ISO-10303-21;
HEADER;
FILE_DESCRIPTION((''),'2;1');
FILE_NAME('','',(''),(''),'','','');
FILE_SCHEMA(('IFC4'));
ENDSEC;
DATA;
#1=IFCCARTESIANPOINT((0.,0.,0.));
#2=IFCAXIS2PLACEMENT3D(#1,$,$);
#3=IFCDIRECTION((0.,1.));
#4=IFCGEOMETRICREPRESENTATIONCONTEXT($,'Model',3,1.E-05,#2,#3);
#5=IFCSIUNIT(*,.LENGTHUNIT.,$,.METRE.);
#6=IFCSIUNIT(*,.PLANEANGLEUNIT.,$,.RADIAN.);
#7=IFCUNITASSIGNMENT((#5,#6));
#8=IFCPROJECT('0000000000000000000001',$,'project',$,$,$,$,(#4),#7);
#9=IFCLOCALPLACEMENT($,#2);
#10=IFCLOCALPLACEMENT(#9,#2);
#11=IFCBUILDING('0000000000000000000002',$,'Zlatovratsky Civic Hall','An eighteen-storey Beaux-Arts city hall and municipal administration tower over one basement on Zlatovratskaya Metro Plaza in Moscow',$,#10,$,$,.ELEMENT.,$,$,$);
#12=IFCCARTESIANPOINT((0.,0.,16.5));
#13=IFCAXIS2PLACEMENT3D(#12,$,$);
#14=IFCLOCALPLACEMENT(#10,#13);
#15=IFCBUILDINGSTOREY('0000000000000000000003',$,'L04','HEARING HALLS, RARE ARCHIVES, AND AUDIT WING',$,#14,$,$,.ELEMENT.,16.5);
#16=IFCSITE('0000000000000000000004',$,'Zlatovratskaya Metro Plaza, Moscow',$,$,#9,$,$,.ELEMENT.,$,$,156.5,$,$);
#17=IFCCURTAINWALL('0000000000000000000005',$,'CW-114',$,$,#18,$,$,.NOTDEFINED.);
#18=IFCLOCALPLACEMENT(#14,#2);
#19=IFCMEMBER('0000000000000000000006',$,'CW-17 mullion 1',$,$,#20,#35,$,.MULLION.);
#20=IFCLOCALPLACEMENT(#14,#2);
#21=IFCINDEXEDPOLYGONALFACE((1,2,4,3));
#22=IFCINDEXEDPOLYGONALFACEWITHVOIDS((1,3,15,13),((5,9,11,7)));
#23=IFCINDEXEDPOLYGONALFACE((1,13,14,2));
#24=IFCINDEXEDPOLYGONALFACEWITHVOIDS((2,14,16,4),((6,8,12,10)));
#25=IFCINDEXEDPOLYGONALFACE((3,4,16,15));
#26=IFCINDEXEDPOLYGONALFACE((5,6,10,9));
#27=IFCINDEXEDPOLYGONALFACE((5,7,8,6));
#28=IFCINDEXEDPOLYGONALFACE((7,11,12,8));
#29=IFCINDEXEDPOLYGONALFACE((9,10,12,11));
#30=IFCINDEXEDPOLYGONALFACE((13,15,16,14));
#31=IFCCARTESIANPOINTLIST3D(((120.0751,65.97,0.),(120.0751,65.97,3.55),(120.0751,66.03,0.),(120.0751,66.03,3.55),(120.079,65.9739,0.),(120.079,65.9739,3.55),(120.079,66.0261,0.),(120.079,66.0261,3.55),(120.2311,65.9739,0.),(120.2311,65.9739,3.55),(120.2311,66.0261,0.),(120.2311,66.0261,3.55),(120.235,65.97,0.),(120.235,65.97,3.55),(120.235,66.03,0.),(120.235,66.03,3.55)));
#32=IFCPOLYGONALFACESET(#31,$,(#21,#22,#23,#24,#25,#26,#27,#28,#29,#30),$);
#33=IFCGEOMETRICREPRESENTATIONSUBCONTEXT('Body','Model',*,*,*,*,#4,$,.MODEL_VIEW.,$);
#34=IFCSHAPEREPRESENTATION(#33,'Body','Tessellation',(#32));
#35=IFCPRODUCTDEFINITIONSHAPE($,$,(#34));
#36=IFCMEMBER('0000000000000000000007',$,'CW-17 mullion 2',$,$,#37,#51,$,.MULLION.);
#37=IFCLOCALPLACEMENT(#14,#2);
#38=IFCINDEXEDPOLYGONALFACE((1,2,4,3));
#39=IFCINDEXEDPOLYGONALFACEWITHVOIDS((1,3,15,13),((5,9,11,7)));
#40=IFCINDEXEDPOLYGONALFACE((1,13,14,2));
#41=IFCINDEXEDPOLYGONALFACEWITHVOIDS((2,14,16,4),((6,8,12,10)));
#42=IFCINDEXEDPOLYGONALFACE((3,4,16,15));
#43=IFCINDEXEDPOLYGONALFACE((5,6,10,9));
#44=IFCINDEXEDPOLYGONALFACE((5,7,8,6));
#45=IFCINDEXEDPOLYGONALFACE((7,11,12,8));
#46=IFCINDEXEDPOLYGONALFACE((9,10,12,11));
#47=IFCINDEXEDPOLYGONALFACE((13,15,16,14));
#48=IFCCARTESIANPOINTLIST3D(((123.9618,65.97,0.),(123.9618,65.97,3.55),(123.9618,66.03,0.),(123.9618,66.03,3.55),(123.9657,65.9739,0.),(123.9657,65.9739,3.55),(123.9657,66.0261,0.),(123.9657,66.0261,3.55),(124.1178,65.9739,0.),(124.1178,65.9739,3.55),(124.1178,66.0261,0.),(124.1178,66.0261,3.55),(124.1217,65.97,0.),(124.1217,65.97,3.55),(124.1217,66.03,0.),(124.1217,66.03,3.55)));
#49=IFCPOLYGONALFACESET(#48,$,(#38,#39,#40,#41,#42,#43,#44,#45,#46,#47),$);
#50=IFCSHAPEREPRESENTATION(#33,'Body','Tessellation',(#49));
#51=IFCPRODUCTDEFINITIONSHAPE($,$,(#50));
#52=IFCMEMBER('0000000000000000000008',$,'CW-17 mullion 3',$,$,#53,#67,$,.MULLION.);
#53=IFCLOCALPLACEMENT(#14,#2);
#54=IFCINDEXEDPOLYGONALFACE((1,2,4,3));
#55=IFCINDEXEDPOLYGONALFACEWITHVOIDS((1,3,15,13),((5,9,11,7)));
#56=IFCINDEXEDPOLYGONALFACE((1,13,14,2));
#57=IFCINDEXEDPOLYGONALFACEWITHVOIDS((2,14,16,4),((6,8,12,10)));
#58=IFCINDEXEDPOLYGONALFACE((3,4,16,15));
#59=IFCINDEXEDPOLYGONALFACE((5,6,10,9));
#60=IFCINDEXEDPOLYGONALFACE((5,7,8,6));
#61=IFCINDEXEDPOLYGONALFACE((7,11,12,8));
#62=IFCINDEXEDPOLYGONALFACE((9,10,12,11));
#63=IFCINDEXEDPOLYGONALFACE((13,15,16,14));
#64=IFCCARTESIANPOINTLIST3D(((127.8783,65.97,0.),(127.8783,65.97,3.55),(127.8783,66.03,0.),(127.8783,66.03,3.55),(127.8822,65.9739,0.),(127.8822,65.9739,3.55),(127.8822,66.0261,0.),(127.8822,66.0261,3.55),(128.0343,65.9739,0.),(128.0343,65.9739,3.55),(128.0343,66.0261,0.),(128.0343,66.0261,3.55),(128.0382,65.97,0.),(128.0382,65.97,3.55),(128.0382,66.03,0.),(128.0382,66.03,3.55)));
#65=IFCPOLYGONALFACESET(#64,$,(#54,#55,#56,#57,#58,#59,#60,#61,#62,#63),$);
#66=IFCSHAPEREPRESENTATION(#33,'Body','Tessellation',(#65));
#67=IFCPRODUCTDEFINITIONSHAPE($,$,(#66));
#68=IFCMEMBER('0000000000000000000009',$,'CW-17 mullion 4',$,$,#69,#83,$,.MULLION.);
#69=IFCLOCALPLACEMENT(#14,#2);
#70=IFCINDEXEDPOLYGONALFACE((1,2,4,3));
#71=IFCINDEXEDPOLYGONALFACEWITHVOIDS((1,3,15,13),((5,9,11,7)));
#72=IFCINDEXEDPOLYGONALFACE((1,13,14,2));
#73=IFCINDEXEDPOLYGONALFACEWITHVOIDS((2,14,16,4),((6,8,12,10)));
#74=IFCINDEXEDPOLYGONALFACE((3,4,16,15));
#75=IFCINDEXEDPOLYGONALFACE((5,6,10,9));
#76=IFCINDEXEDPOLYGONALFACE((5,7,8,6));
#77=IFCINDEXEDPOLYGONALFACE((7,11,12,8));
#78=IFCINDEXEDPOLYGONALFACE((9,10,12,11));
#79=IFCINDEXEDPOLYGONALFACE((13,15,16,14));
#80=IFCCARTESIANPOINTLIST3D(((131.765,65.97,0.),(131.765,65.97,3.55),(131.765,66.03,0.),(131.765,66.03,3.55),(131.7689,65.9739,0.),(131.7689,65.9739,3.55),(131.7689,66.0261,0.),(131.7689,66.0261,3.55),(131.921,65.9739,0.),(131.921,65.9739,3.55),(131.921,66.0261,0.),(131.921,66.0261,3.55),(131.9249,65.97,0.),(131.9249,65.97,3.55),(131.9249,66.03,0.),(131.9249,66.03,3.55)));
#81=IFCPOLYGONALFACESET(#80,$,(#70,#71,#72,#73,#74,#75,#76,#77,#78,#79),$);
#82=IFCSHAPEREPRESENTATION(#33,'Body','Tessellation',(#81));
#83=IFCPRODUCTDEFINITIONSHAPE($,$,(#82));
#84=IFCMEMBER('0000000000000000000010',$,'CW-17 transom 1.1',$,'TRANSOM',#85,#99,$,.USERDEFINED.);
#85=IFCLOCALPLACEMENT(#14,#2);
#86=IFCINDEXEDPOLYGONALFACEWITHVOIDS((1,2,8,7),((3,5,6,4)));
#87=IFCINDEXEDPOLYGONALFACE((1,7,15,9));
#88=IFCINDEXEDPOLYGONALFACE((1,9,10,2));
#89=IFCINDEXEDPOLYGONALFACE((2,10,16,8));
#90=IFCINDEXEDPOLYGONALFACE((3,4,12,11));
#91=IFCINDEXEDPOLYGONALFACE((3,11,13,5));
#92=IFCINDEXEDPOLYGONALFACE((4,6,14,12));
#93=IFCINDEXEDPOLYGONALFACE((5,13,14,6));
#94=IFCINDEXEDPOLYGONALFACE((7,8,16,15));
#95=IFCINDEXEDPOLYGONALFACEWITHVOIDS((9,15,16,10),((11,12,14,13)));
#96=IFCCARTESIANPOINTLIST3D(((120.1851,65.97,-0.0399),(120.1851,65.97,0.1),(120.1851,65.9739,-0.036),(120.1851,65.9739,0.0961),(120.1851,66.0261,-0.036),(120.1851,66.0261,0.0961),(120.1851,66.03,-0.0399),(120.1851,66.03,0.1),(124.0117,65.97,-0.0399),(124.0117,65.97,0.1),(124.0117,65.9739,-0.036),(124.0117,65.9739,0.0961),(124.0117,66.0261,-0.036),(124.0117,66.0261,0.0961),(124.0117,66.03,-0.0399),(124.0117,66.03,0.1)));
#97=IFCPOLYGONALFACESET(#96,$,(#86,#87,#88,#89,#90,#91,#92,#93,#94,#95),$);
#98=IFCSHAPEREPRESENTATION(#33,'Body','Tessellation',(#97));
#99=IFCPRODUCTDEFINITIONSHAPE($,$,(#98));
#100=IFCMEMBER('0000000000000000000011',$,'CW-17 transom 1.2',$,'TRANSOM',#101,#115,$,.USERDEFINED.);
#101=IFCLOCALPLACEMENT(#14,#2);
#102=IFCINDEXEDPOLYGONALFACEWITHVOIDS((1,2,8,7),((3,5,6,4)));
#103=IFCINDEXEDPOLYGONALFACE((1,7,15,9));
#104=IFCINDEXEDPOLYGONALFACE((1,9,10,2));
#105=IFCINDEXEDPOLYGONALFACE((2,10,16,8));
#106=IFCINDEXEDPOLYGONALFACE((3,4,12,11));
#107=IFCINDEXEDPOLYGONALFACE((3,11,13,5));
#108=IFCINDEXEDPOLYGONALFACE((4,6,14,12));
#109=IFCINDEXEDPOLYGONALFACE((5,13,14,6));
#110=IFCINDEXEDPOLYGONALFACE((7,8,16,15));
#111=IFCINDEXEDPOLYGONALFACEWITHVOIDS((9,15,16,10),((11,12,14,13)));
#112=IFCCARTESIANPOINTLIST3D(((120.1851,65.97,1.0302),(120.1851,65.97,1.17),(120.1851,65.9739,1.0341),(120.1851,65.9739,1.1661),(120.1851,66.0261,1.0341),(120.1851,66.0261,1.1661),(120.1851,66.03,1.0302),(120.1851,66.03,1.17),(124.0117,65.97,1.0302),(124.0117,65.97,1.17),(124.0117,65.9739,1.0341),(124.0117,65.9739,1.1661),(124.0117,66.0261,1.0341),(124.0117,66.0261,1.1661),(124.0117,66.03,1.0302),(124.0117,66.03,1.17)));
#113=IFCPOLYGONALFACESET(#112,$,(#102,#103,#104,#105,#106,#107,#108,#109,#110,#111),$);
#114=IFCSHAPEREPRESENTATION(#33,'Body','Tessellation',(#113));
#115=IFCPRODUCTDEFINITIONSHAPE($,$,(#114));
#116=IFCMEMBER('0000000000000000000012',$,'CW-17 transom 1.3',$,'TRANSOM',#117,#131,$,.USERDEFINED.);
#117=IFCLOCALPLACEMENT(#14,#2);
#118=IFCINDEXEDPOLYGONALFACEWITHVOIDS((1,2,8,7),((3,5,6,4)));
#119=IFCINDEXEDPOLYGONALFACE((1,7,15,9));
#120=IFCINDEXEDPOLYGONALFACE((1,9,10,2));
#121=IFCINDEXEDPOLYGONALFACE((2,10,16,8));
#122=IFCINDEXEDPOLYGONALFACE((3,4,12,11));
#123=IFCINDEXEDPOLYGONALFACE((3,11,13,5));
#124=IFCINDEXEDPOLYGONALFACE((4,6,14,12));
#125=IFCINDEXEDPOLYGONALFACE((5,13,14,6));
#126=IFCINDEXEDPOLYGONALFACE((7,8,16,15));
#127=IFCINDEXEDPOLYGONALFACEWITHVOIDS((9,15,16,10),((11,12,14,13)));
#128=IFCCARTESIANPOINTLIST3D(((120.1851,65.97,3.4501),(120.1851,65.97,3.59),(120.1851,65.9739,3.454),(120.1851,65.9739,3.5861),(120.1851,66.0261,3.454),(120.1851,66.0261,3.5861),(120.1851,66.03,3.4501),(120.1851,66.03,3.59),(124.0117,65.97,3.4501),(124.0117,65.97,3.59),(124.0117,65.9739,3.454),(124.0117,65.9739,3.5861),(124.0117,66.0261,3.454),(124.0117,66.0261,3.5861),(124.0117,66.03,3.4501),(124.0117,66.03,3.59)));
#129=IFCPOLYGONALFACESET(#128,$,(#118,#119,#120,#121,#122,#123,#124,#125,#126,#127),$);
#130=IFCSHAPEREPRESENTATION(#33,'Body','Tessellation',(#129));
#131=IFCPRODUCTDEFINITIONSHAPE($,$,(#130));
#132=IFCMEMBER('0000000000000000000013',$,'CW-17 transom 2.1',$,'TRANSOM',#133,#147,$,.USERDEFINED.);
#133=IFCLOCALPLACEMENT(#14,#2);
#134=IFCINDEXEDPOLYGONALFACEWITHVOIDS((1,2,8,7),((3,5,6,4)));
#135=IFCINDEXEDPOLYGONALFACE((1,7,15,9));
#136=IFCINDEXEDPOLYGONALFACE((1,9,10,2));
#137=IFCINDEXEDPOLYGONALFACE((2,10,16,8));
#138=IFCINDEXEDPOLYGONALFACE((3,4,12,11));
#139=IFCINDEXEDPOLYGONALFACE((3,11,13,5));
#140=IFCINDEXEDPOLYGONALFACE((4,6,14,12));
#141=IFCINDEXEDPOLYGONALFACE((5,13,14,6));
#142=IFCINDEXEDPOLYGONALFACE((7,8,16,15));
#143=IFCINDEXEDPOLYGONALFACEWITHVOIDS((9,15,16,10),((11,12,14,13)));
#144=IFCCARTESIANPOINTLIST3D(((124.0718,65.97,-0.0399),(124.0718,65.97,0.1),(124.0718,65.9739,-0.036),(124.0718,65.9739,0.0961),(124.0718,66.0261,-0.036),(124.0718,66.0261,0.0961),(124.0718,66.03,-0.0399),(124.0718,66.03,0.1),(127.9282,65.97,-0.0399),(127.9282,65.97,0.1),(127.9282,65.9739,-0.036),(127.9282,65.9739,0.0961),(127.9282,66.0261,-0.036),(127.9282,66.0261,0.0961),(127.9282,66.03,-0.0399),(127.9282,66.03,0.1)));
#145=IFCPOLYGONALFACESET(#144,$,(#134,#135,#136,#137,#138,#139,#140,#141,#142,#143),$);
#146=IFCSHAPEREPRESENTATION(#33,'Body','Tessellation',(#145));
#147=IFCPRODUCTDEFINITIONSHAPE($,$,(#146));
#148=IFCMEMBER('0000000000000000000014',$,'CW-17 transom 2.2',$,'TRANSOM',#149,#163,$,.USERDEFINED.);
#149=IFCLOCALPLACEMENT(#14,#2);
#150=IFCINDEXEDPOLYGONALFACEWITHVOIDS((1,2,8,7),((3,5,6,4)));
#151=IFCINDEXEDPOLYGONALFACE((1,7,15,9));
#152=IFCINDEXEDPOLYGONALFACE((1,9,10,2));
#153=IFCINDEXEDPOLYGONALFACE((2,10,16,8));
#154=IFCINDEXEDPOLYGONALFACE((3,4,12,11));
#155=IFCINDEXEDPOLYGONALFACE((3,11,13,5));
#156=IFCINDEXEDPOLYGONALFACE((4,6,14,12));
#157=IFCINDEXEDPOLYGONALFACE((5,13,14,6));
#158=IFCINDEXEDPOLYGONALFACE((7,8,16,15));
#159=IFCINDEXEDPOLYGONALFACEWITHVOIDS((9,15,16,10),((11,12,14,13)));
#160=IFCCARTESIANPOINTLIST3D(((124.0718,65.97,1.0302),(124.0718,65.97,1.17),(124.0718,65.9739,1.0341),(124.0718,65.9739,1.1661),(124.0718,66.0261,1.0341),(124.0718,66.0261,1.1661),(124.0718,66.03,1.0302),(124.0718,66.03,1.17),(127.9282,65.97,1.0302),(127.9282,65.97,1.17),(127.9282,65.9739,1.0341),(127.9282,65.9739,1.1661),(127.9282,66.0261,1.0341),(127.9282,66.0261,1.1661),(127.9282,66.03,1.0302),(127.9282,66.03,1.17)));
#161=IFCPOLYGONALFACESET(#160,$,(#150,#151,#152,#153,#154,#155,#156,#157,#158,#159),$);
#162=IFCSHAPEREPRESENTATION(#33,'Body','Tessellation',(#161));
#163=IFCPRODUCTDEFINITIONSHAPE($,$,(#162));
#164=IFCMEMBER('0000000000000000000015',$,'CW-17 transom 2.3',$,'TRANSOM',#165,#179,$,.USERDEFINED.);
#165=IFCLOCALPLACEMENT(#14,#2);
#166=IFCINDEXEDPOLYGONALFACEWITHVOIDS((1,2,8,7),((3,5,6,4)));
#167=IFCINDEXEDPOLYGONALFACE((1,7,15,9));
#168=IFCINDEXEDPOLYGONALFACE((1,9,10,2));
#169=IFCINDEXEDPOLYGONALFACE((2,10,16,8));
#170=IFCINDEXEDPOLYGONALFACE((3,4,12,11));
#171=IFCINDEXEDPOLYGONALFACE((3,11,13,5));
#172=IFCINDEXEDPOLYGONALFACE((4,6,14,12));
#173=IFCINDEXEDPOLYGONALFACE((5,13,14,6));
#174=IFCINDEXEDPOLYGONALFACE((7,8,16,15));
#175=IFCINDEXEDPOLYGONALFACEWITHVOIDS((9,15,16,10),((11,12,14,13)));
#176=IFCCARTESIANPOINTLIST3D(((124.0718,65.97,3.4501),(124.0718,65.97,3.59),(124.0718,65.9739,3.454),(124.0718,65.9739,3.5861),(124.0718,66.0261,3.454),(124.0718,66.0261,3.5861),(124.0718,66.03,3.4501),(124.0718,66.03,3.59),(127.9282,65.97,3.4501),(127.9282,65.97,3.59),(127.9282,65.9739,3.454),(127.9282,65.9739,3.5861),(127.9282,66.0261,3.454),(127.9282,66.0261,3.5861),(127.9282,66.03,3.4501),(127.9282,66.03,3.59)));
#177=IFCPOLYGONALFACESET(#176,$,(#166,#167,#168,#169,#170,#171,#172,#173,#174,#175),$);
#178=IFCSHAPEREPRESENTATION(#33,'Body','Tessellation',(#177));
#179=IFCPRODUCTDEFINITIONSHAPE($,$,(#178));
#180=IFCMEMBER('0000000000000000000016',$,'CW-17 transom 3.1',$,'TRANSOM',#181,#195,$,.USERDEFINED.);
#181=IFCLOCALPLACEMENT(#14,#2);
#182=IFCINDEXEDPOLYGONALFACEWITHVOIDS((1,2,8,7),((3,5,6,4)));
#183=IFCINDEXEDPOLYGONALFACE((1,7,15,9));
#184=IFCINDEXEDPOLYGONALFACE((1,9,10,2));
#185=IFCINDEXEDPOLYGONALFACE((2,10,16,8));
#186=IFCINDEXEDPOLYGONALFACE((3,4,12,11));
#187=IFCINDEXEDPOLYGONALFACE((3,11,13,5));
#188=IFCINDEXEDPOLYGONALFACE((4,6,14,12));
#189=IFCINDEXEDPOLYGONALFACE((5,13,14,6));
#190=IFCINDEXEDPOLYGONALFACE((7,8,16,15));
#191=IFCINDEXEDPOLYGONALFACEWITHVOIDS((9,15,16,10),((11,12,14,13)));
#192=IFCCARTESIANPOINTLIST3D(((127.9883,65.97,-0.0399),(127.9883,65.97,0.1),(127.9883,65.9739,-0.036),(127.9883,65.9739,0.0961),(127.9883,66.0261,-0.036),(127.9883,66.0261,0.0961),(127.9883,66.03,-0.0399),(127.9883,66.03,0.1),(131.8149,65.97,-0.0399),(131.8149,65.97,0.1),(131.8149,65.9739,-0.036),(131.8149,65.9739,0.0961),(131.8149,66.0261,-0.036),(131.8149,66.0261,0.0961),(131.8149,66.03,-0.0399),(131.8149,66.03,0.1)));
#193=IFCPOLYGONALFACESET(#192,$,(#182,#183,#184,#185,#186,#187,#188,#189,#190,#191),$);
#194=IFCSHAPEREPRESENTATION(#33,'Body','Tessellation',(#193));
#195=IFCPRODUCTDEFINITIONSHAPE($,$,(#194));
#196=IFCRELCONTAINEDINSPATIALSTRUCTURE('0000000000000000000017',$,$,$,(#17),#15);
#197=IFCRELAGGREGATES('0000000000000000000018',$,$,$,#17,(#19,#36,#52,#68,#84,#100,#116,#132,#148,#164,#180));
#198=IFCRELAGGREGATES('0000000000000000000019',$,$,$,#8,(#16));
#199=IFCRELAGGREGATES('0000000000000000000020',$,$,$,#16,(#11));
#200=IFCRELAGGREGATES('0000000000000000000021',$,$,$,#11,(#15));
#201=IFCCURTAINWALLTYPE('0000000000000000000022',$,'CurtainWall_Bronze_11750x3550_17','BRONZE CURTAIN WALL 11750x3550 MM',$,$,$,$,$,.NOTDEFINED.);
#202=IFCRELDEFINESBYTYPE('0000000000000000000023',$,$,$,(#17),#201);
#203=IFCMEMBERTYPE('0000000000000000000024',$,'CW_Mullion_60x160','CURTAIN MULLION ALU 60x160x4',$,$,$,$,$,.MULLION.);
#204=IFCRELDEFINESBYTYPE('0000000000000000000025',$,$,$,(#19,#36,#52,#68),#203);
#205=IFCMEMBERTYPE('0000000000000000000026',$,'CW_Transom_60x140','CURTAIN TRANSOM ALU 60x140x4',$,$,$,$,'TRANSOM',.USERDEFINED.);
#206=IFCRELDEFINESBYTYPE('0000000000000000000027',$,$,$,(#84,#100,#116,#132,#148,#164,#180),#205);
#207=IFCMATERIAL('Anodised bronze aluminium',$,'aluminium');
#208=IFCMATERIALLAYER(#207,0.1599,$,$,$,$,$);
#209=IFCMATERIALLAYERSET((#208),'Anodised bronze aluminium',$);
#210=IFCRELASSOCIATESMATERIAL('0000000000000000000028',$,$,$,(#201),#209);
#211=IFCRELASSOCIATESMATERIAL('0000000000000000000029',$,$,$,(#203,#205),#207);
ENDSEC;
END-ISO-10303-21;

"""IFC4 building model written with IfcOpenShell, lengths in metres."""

from ifc_helpers import new_model, si_unit, direction, frame, origin, origin_2d, place, context, subcontext, project, spatial, hollow_rectangle, extrude, material, layer, layer_set, material_profile, profile_set, type_object, element, aggregate, save


model = new_model("IFC4")

# Units and contexts
model_context = context("Model", 3, precision=1e-05, world=origin(), true_north=direction((0.0, 1.0)))
body_context = subcontext(model_context, "Body", "Model", "MODEL_VIEW")
ifc_project = project(units=[si_unit("LENGTHUNIT", "METRE"), si_unit("PLANEANGLEUNIT", "RADIAN")], contexts=[model_context])

# Site, building, storey
site_placement = place(None, origin())
site = spatial("IfcSite", under=ifc_project, at=site_placement, Name="Zlatovratskaya Metro Plaza, Moscow", CompositionType="ELEMENT", RefElevation=156.5)
building_placement = place(site_placement, origin())
building = spatial("IfcBuilding", under=site, at=building_placement, Name="Zlatovratsky Civic Hall", Description="An eighteen-storey Beaux-Arts city hall and municipal administration tower over one basement on Zlatovratskaya Metro Plaza in Moscow", CompositionType="ELEMENT")
storey_placement = place(building_placement, frame((0.0, 0.0, 16.5)))
storey = spatial("IfcBuildingStorey", under=building, at=storey_placement, Name="L04", Description="HEARING HALLS, RARE ARCHIVES, AND AUDIT WING", CompositionType="ELEMENT", Elevation=16.5)

# Curtain wall, members
ifc_material_1 = material(Name="Anodised bronze aluminium", Category="aluminium")
ifc_layer_1 = layer(ifc_material_1, 0.1599)
ifc_layer_set_1 = layer_set([ifc_layer_1], Name="Anodised bronze aluminium")
curtain_wall_type = type_object("IfcCurtainWallType", Name="CurtainWall_Bronze_11750x3550_17", Description="BRONZE CURTAIN WALL 11750x3550 MM", PredefinedType="NOTDEFINED", material=ifc_layer_set_1)
curtain_wall_placement = place(storey_placement, origin())
curtain_wall = element("IfcCurtainWall", 1, at=curtain_wall_placement, inside=storey, type_object=curtain_wall_type, Name="CW-114", PredefinedType="NOTDEFINED")
ifc_material_profile_1 = material_profile(ifc_material_1, hollow_rectangle(XDim=0.0601, YDim=0.1599, WallThickness=0.0039, at=origin_2d()), Name="ALU 60x160x4")
ifc_profile_set_1 = profile_set([ifc_material_profile_1], Name="Anodised bronze aluminium")
member_type_1 = type_object("IfcMemberType", Name="CW_Mullion_60x160", Description="CURTAIN MULLION ALU 60x160x4", PredefinedType="MULLION", material=ifc_profile_set_1)
member_1_placement = place(storey_placement, frame((120.155, 66.0, 0.0), z_axis=(0.0, 0.0, 1.0), x_axis=(0.0, 1.0, 0.0)))
member_1 = element("IfcMember", 2, at=member_1_placement, type_object=member_type_1, Name="CW-17 mullion 1", PredefinedType="MULLION", context=body_context, shape_type="SweptSolid", body=[
    extrude(hollow_rectangle(XDim=0.0601, YDim=0.1599, WallThickness=0.0039, at=origin_2d()), origin(), (0.0, 0.0, 1.0), 3.55),
])
member_2_placement = place(storey_placement, frame((124.0417, 66.0, 0.0), z_axis=(0.0, 0.0, 1.0), x_axis=(0.0, 1.0, 0.0)))
member_2 = element("IfcMember", 3, at=member_2_placement, type_object=member_type_1, Name="CW-17 mullion 2", PredefinedType="MULLION", context=body_context, shape_type="SweptSolid", body=[
    extrude(hollow_rectangle(XDim=0.0601, YDim=0.1599, WallThickness=0.0039, at=origin_2d()), origin(), (0.0, 0.0, 1.0), 3.55),
])
member_3_placement = place(storey_placement, frame((127.9583, 66.0, 0.0), z_axis=(0.0, 0.0, 1.0), x_axis=(0.0, 1.0, 0.0)))
member_3 = element("IfcMember", 4, at=member_3_placement, type_object=member_type_1, Name="CW-17 mullion 3", PredefinedType="MULLION", context=body_context, shape_type="SweptSolid", body=[
    extrude(hollow_rectangle(XDim=0.0601, YDim=0.1599, WallThickness=0.0039, at=origin_2d()), origin(), (0.0, 0.0, 1.0), 3.55),
])
member_4_placement = place(storey_placement, frame((131.845, 66.0, 0.0), z_axis=(0.0, 0.0, 1.0), x_axis=(0.0, 1.0, 0.0)))
member_4 = element("IfcMember", 5, at=member_4_placement, type_object=member_type_1, Name="CW-17 mullion 4", PredefinedType="MULLION", context=body_context, shape_type="SweptSolid", body=[
    extrude(hollow_rectangle(XDim=0.0601, YDim=0.1599, WallThickness=0.0039, at=origin_2d()), origin(), (0.0, 0.0, 1.0), 3.55),
])
ifc_material_profile_2 = material_profile(ifc_material_1, hollow_rectangle(XDim=0.0601, YDim=0.1399, WallThickness=0.0039, at=origin_2d()), Name="ALU 60x140x4")
ifc_profile_set_2 = profile_set([ifc_material_profile_2], Name="Anodised bronze aluminium")
member_type_2 = type_object("IfcMemberType", Name="CW_Transom_60x140", Description="CURTAIN TRANSOM ALU 60x140x4", ElementType="TRANSOM", PredefinedType="USERDEFINED", material=ifc_profile_set_2)
member_5_placement = place(storey_placement, frame((120.1851, 66.0, 0.03), z_axis=(1.0, 0.0, 0.0), x_axis=(0.0, 1.0, 0.0)))
member_5 = element("IfcMember", 6, at=member_5_placement, type_object=member_type_2, Name="CW-17 transom 1.1", ObjectType="TRANSOM", PredefinedType="USERDEFINED", context=body_context, shape_type="SweptSolid", body=[
    extrude(hollow_rectangle(XDim=0.0601, YDim=0.1399, WallThickness=0.0039, at=origin_2d()), origin(), (0.0, 0.0, 1.0), 3.8267),
])
member_6_placement = place(storey_placement, frame((120.1851, 66.0, 1.1001), z_axis=(1.0, 0.0, 0.0), x_axis=(0.0, 1.0, 0.0)))
member_6 = element("IfcMember", 7, at=member_6_placement, type_object=member_type_2, Name="CW-17 transom 1.2", ObjectType="TRANSOM", PredefinedType="USERDEFINED", context=body_context, shape_type="SweptSolid", body=[
    extrude(hollow_rectangle(XDim=0.0601, YDim=0.1399, WallThickness=0.0039, at=origin_2d()), origin(), (0.0, 0.0, 1.0), 3.8267),
])
member_7_placement = place(storey_placement, frame((120.1851, 66.0, 3.52), z_axis=(1.0, 0.0, 0.0), x_axis=(0.0, 1.0, 0.0)))
member_7 = element("IfcMember", 8, at=member_7_placement, type_object=member_type_2, Name="CW-17 transom 1.3", ObjectType="TRANSOM", PredefinedType="USERDEFINED", context=body_context, shape_type="SweptSolid", body=[
    extrude(hollow_rectangle(XDim=0.0601, YDim=0.1399, WallThickness=0.0039, at=origin_2d()), origin(), (0.0, 0.0, 1.0), 3.8267),
])
member_8_placement = place(storey_placement, frame((124.0718, 66.0, 0.03), z_axis=(1.0, 0.0, 0.0), x_axis=(0.0, 1.0, 0.0)))
member_8 = element("IfcMember", 9, at=member_8_placement, type_object=member_type_2, Name="CW-17 transom 2.1", ObjectType="TRANSOM", PredefinedType="USERDEFINED", context=body_context, shape_type="SweptSolid", body=[
    extrude(hollow_rectangle(XDim=0.0601, YDim=0.1399, WallThickness=0.0039, at=origin_2d()), origin(), (0.0, 0.0, 1.0), 3.8564),
])
member_9_placement = place(storey_placement, frame((124.0718, 66.0, 1.1001), z_axis=(1.0, 0.0, 0.0), x_axis=(0.0, 1.0, 0.0)))
member_9 = element("IfcMember", 10, at=member_9_placement, type_object=member_type_2, Name="CW-17 transom 2.2", ObjectType="TRANSOM", PredefinedType="USERDEFINED", context=body_context, shape_type="SweptSolid", body=[
    extrude(hollow_rectangle(XDim=0.0601, YDim=0.1399, WallThickness=0.0039, at=origin_2d()), origin(), (0.0, 0.0, 1.0), 3.8564),
])
member_10_placement = place(storey_placement, frame((124.0718, 66.0, 3.52), z_axis=(1.0, 0.0, 0.0), x_axis=(0.0, 1.0, 0.0)))
member_10 = element("IfcMember", 11, at=member_10_placement, type_object=member_type_2, Name="CW-17 transom 2.3", ObjectType="TRANSOM", PredefinedType="USERDEFINED", context=body_context, shape_type="SweptSolid", body=[
    extrude(hollow_rectangle(XDim=0.0601, YDim=0.1399, WallThickness=0.0039, at=origin_2d()), origin(), (0.0, 0.0, 1.0), 3.8564),
])
member_11_placement = place(storey_placement, frame((127.9883, 66.0, 0.03), z_axis=(1.0, 0.0, 0.0), x_axis=(0.0, 1.0, 0.0)))
member_11 = element("IfcMember", 12, at=member_11_placement, type_object=member_type_2, Name="CW-17 transom 3.1", ObjectType="TRANSOM", PredefinedType="USERDEFINED", context=body_context, shape_type="SweptSolid", body=[
    extrude(hollow_rectangle(XDim=0.0601, YDim=0.1399, WallThickness=0.0039, at=origin_2d()), origin(), (0.0, 0.0, 1.0), 3.8267),
])

aggregate(curtain_wall, [member_1, member_2, member_3, member_4, member_5, member_6, member_7, member_8, member_9, member_10, member_11])

save(model, "model.ifc")
